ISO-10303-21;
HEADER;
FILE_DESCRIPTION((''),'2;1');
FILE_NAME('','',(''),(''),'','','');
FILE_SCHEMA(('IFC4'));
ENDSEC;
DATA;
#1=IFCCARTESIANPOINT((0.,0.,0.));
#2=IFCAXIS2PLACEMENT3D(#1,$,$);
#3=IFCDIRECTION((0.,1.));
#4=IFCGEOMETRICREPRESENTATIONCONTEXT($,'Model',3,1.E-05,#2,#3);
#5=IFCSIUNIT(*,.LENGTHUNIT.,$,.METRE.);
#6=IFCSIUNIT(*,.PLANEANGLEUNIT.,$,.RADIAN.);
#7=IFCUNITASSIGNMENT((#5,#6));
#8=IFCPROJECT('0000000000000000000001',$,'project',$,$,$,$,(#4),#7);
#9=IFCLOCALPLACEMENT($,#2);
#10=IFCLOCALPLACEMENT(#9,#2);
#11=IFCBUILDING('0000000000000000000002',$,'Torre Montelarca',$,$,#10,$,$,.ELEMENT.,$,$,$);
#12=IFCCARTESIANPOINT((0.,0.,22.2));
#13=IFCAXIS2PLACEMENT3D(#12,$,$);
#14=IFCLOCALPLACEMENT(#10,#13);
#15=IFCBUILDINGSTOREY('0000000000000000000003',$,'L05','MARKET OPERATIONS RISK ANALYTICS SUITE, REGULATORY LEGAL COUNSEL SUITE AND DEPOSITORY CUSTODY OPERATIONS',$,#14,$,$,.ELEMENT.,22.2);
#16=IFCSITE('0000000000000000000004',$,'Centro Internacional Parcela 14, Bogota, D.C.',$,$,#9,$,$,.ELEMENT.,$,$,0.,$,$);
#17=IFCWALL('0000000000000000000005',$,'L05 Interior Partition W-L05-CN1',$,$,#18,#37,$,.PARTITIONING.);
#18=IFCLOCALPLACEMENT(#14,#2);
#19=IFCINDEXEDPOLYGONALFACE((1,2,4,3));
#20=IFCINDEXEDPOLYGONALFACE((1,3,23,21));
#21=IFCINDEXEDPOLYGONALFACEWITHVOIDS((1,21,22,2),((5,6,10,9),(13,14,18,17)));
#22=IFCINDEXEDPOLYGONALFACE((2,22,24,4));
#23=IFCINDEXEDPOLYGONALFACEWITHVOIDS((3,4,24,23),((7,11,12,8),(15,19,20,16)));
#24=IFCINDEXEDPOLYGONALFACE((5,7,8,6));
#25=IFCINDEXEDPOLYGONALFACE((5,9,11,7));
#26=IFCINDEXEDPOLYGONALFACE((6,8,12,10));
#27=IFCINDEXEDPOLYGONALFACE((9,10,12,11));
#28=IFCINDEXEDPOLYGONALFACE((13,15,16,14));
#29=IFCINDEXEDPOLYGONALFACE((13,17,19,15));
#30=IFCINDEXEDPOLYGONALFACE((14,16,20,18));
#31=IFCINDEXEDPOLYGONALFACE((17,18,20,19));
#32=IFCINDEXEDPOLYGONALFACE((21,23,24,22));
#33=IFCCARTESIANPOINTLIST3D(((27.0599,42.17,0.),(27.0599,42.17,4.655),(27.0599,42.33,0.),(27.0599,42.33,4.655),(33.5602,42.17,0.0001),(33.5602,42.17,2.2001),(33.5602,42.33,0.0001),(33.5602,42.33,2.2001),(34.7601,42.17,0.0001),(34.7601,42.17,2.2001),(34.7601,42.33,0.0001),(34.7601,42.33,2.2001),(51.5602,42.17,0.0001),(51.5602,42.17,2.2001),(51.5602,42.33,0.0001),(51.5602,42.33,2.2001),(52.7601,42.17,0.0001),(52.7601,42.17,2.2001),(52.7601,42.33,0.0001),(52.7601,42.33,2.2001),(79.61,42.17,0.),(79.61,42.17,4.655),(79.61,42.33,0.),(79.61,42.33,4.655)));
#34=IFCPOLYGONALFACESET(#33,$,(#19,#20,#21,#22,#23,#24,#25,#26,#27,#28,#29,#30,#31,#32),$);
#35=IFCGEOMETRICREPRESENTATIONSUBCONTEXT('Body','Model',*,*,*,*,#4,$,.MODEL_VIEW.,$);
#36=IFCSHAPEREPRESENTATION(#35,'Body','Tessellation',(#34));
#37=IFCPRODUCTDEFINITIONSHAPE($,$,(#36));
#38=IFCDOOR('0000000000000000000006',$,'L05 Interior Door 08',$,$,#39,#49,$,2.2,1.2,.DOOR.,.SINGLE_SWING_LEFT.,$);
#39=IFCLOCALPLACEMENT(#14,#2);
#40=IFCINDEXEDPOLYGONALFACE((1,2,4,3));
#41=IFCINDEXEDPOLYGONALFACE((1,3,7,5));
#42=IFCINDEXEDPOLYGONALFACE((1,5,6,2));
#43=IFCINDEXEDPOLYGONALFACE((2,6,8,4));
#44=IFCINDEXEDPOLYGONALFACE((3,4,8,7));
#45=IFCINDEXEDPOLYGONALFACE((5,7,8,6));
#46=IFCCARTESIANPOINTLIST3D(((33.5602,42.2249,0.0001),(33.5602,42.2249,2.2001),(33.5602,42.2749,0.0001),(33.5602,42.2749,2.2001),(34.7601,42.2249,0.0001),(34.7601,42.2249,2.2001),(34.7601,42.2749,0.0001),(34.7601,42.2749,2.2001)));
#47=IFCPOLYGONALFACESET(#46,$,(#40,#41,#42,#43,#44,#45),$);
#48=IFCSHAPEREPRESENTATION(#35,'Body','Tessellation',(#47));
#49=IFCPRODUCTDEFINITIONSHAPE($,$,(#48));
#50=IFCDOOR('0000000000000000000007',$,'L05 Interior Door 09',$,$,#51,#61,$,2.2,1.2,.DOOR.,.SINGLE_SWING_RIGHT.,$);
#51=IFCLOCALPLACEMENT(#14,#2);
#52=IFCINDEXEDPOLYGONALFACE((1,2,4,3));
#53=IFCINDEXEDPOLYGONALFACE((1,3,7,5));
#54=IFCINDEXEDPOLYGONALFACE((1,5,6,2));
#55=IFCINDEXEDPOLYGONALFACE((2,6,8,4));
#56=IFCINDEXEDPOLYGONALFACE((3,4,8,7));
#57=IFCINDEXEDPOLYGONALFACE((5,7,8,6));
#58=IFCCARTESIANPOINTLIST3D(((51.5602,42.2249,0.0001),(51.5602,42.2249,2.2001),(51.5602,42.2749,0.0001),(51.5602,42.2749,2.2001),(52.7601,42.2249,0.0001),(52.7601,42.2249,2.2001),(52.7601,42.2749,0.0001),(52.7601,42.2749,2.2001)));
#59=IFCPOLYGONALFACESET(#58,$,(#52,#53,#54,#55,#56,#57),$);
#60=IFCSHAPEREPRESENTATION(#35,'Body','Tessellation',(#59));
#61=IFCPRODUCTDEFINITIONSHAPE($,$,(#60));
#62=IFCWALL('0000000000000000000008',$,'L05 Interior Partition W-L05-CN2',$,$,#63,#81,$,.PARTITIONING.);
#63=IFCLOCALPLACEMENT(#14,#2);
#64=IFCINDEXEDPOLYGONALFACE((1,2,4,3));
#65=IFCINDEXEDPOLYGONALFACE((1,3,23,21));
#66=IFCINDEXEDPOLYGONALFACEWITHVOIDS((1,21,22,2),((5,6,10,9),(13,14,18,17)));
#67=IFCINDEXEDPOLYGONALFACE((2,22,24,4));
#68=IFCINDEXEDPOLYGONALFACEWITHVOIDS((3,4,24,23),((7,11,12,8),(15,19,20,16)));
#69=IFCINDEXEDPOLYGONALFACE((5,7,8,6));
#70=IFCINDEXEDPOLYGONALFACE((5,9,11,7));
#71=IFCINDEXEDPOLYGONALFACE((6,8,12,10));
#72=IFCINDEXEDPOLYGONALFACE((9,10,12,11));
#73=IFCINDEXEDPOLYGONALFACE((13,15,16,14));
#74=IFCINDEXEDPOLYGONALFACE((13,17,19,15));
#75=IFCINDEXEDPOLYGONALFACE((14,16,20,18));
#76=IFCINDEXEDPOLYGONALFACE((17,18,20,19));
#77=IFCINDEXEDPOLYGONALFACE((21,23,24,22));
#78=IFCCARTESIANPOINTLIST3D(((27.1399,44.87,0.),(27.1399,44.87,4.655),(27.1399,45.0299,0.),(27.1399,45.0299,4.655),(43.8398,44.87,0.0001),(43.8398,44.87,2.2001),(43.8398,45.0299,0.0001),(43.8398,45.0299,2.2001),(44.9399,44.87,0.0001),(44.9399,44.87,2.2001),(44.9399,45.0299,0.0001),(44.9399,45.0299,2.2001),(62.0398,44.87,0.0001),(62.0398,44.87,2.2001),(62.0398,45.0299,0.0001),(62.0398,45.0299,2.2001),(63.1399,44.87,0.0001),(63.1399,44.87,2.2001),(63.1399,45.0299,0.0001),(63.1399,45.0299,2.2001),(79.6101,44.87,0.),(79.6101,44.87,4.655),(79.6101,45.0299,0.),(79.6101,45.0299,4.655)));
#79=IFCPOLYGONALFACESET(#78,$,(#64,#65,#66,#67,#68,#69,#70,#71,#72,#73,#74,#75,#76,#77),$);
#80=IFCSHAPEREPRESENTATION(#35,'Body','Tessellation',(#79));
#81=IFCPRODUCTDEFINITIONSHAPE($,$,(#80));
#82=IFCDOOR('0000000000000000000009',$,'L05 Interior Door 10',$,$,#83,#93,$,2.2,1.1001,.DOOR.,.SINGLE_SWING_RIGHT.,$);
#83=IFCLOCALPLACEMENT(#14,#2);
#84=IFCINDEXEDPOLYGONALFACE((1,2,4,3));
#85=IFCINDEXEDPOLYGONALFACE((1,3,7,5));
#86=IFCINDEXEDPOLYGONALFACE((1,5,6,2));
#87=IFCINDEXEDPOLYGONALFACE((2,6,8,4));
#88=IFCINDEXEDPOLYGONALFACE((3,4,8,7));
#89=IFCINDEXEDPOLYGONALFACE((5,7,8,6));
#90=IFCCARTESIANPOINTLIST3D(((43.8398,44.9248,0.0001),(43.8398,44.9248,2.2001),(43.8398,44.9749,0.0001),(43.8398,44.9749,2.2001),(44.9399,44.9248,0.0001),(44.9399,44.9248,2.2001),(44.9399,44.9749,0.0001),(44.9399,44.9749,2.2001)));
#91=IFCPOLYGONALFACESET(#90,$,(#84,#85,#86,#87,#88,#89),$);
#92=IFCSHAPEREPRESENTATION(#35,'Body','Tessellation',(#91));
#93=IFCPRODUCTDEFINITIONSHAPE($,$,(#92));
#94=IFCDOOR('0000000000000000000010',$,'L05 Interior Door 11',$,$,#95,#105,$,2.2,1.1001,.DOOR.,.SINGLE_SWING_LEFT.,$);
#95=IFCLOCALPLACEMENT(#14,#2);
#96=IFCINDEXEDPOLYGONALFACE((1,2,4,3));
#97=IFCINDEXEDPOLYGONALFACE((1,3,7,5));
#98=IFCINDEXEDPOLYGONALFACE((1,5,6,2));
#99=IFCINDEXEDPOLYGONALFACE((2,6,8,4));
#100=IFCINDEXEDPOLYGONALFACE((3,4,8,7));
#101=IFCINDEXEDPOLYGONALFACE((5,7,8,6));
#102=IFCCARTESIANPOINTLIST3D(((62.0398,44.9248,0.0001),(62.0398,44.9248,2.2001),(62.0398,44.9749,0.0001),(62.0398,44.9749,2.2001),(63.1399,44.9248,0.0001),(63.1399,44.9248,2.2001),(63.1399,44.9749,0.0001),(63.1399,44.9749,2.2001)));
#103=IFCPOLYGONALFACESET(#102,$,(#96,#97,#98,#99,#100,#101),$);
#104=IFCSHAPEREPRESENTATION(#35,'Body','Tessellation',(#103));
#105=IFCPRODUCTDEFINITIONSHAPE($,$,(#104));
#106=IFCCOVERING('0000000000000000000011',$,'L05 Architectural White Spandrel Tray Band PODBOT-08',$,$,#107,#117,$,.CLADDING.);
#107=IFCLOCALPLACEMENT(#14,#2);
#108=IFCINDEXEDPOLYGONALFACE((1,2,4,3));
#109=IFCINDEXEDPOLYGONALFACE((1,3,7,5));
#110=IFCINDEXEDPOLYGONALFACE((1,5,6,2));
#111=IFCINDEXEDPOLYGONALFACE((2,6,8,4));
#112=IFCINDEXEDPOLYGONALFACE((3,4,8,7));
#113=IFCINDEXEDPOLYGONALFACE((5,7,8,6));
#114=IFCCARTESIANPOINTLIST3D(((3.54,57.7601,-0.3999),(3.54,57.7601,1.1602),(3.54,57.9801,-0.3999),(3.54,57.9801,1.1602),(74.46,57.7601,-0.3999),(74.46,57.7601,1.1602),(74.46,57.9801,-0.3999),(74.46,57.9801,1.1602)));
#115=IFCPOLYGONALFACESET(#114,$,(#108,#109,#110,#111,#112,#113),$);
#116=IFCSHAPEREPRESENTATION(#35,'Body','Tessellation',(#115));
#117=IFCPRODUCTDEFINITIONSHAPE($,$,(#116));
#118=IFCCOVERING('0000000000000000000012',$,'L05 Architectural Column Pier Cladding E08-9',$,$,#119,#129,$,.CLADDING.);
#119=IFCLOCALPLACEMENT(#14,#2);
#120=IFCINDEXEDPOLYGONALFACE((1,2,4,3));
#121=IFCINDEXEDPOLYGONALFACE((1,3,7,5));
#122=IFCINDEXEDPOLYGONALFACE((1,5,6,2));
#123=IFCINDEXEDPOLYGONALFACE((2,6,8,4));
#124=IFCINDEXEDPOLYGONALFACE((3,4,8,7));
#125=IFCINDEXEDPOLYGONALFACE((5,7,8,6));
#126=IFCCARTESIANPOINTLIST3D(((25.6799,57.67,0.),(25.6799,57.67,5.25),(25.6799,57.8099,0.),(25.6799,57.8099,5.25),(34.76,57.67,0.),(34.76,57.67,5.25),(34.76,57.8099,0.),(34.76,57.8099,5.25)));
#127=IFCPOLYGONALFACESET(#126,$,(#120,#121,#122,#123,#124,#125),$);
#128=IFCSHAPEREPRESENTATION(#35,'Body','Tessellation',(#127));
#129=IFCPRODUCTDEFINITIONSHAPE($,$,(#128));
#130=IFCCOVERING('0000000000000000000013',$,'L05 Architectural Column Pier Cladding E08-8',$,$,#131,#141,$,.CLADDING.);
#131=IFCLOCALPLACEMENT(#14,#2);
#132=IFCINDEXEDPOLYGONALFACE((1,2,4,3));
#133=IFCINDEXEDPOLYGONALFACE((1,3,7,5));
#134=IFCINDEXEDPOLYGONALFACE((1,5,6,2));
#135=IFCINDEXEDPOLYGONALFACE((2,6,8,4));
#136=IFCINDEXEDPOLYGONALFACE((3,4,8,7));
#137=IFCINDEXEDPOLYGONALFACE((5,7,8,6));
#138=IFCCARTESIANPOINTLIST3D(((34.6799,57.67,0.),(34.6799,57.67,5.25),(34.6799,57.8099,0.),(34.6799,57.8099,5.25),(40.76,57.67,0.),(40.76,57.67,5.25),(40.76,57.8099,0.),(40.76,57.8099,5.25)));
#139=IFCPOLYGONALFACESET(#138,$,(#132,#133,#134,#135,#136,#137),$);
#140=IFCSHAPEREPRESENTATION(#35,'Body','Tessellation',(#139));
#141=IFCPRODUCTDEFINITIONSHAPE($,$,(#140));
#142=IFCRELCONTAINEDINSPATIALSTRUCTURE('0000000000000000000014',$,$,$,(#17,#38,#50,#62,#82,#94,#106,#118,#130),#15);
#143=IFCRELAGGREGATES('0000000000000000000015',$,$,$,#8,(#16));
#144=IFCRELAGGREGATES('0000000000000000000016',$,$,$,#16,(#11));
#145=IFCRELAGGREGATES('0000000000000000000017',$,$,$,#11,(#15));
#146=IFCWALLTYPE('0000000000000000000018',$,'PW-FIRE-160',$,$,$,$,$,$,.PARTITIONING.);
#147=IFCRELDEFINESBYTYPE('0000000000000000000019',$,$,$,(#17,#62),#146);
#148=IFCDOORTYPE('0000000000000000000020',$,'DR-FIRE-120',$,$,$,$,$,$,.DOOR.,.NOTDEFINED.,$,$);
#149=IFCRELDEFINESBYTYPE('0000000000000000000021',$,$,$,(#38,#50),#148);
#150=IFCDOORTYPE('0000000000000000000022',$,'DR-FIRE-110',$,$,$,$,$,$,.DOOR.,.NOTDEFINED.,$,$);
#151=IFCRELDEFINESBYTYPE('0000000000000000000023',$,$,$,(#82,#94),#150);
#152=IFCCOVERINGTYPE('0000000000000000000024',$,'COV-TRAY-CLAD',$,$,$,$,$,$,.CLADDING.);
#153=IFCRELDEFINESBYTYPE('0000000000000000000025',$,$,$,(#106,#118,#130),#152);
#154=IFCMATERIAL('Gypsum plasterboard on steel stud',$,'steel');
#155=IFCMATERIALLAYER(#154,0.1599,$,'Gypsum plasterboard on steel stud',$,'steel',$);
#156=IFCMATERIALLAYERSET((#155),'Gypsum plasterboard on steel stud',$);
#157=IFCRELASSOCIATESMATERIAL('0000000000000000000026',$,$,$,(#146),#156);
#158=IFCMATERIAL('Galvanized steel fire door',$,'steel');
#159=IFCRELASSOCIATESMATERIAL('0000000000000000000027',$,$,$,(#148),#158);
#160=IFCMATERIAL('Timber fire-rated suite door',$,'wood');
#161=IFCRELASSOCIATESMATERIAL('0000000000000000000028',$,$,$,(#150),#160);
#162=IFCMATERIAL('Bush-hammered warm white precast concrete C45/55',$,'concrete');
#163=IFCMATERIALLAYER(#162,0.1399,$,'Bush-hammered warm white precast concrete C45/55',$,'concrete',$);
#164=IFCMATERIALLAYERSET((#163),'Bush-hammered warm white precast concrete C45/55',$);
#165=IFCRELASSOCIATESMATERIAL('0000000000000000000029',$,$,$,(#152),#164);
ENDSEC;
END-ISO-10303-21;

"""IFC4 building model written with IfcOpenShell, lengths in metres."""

from ifc_helpers import new_model, si_unit, direction, frame, frame_2d, origin, origin_2d, place, context, subcontext, project, spatial, rectangle, extrude, source, transform, mapped, material, layer, layer_set, type_object, element, fill, save


model = new_model("IFC4")

# Units and contexts
model_context = context("Model", 3, precision=1e-05, world=origin(), true_north=direction((0.0, 1.0)))
body_context = subcontext(model_context, "Body", "Model", "MODEL_VIEW")
ifc_project = project(units=[si_unit("LENGTHUNIT", "METRE"), si_unit("PLANEANGLEUNIT", "RADIAN")], contexts=[model_context])

# Site, building, storey
site_placement = place(None, origin())
site = spatial("IfcSite", under=ifc_project, at=site_placement, Name="Centro Internacional Parcela 14, Bogota, D.C.", CompositionType="ELEMENT", RefElevation=0.0)
building_placement = place(site_placement, origin())
building = spatial("IfcBuilding", under=site, at=building_placement, Name="Torre Montelarca", CompositionType="ELEMENT")
storey_placement = place(building_placement, frame((0.0, 0.0, 22.2)))
storey = spatial("IfcBuildingStorey", under=building, at=storey_placement, Name="L05", Description="MARKET OPERATIONS RISK ANALYTICS SUITE, REGULATORY LEGAL COUNSEL SUITE AND DEPOSITORY CUSTODY OPERATIONS", CompositionType="ELEMENT", Elevation=22.2)

# Walls, openings, doors
ifc_material_1 = material(Name="Gypsum plasterboard on steel stud", Category="steel")
ifc_layer_1 = layer(ifc_material_1, 0.1599, Name="Gypsum plasterboard on steel stud", Category="steel")
ifc_layer_set_1 = layer_set([ifc_layer_1], Name="Gypsum plasterboard on steel stud")
wall_type = type_object("IfcWallType", Name="PW-FIRE-160", PredefinedType="PARTITIONING", material=ifc_layer_set_1)
wall_1_placement = place(storey_placement, frame((27.0601, 42.25, 0.0), z_axis=(0.0, 0.0, 1.0), x_axis=(1.0, 0.0, 0.0)))
wall_1 = element("IfcWall", 1, at=wall_1_placement, inside=storey, type_object=wall_type, Name="L05 Interior Partition W-L05-CN1", PredefinedType="PARTITIONING", context=body_context, shape_type="SweptSolid", body=[
    extrude(rectangle(XDim=52.55, YDim=0.1599, at=frame_2d((26.2749, 0.0))), origin(), (0.0, 0.0, 1.0), 4.655),
])
opening_1_placement = place(wall_1_placement, frame((6.5, 0.0, 0.0)))
opening_1 = element("IfcOpeningElement", 2, at=opening_1_placement, cuts=wall_1, PredefinedType="OPENING", context=body_context, shape_type="SweptSolid", body=[
    extrude(rectangle(XDim=1.2, YDim=2.2, at=frame_2d((0.6001, 1.1001))), frame((0.0, 0.0898, 0.0), z_axis=(0.0, -1.0, 0.0), x_axis=(1.0, 0.0, 0.0)), (0.0, 0.0, 1.0), 0.1799),
])
opening_2_placement = place(wall_1_placement, frame((24.5, 0.0, 0.0)))
opening_2 = element("IfcOpeningElement", 3, at=opening_2_placement, cuts=wall_1, PredefinedType="OPENING", context=body_context, shape_type="SweptSolid", body=[
    extrude(rectangle(XDim=1.2, YDim=2.2, at=frame_2d((0.6001, 1.1001))), frame((0.0, 0.0898, 0.0), z_axis=(0.0, -1.0, 0.0), x_axis=(1.0, 0.0, 0.0)), (0.0, 0.0, 1.0), 0.1799),
])
ifc_material_2 = material(Name="Galvanized steel fire door", Category="steel")
door_type_1 = type_object("IfcDoorType", Name="DR-FIRE-120", OperationType="NOTDEFINED", PredefinedType="DOOR", material=ifc_material_2)
shared_shape_1 = source(origin(), body_context, "Body", "SweptSolid", [
    extrude(rectangle(XDim=1.2, YDim=2.2, at=frame_2d((0.6001, 1.1001))), frame((0.0, 0.0249, 0.0), z_axis=(0.0, -1.0, 0.0), x_axis=(1.0, 0.0, 0.0)), (0.0, 0.0, 1.0), 0.05),
])
door_1_placement = place(opening_1_placement, origin())
door_1 = element("IfcDoor", 4, at=door_1_placement, inside=storey, type_object=door_type_1, Name="L05 Interior Door 08", OperationType="SINGLE_SWING_LEFT", OverallHeight=2.2, OverallWidth=1.2, PredefinedType="DOOR", context=body_context, shape_type="MappedRepresentation", body=[
    mapped(shared_shape_1, transform((0.0, 0.0, 0.0), scale=1.0)),
])
fill(opening_1, door_1)
door_2_placement = place(opening_2_placement, origin())
door_2 = element("IfcDoor", 5, at=door_2_placement, inside=storey, type_object=door_type_1, Name="L05 Interior Door 09", OperationType="SINGLE_SWING_RIGHT", OverallHeight=2.2, OverallWidth=1.2, PredefinedType="DOOR", context=body_context, shape_type="MappedRepresentation", body=[
    mapped(shared_shape_1, transform((0.0, 0.0, 0.0), scale=1.0)),
])
fill(opening_2, door_2)
wall_2_placement = place(storey_placement, frame((27.1399, 44.95, 0.0), z_axis=(0.0, 0.0, 1.0), x_axis=(1.0, 0.0, 0.0)))
wall_2 = element("IfcWall", 6, at=wall_2_placement, inside=storey, type_object=wall_type, Name="L05 Interior Partition W-L05-CN2", PredefinedType="PARTITIONING", context=body_context, shape_type="SweptSolid", body=[
    extrude(rectangle(XDim=52.4702, YDim=0.1599, at=frame_2d((26.2351, 0.0))), origin(), (0.0, 0.0, 1.0), 4.655),
])
opening_3_placement = place(wall_2_placement, frame((16.7, 0.0, 0.0)))
opening_3 = element("IfcOpeningElement", 7, at=opening_3_placement, cuts=wall_2, PredefinedType="OPENING", context=body_context, shape_type="SweptSolid", body=[
    extrude(rectangle(XDim=1.1001, YDim=2.2, at=frame_2d((0.55, 1.1001))), frame((0.0, 0.0898, 0.0), z_axis=(0.0, -1.0, 0.0), x_axis=(1.0, 0.0, 0.0)), (0.0, 0.0, 1.0), 0.1799),
])
opening_4_placement = place(wall_2_placement, frame((34.8999, 0.0, 0.0)))
opening_4 = element("IfcOpeningElement", 8, at=opening_4_placement, cuts=wall_2, PredefinedType="OPENING", context=body_context, shape_type="SweptSolid", body=[
    extrude(rectangle(XDim=1.1001, YDim=2.2, at=frame_2d((0.55, 1.1001))), frame((0.0, 0.0898, 0.0), z_axis=(0.0, -1.0, 0.0), x_axis=(1.0, 0.0, 0.0)), (0.0, 0.0, 1.0), 0.1799),
])
ifc_material_3 = material(Name="Timber fire-rated suite door", Category="wood")
door_type_2 = type_object("IfcDoorType", Name="DR-FIRE-110", OperationType="NOTDEFINED", PredefinedType="DOOR", material=ifc_material_3)
shared_shape_2 = source(origin(), body_context, "Body", "SweptSolid", [
    extrude(rectangle(XDim=1.1001, YDim=2.2, at=frame_2d((0.55, 1.1001))), frame((0.0, 0.0249, 0.0), z_axis=(0.0, -1.0, 0.0), x_axis=(1.0, 0.0, 0.0)), (0.0, 0.0, 1.0), 0.05),
])
door_3_placement = place(opening_3_placement, origin())
door_3 = element("IfcDoor", 9, at=door_3_placement, inside=storey, type_object=door_type_2, Name="L05 Interior Door 10", OperationType="SINGLE_SWING_RIGHT", OverallHeight=2.2, OverallWidth=1.1001, PredefinedType="DOOR", context=body_context, shape_type="MappedRepresentation", body=[
    mapped(shared_shape_2, transform((0.0, 0.0, 0.0), scale=1.0)),
])
fill(opening_3, door_3)
door_4_placement = place(opening_4_placement, origin())
door_4 = element("IfcDoor", 10, at=door_4_placement, inside=storey, type_object=door_type_2, Name="L05 Interior Door 11", OperationType="SINGLE_SWING_LEFT", OverallHeight=2.2, OverallWidth=1.1001, PredefinedType="DOOR", context=body_context, shape_type="MappedRepresentation", body=[
    mapped(shared_shape_2, transform((0.0, 0.0, 0.0), scale=1.0)),
])
fill(opening_4, door_4)

# Coverings
ifc_material_4 = material(Name="Bush-hammered warm white precast concrete C45/55", Category="concrete")
ifc_layer_2 = layer(ifc_material_4, 0.1399, Name="Bush-hammered warm white precast concrete C45/55", Category="concrete")
ifc_layer_set_2 = layer_set([ifc_layer_2], Name="Bush-hammered warm white precast concrete C45/55")
covering_type = type_object("IfcCoveringType", Name="COV-TRAY-CLAD", PredefinedType="CLADDING", material=ifc_layer_set_2)
shared_shape_3 = source(origin(), body_context, "Body", "SweptSolid", [
    extrude(rectangle(XDim=70.9199, YDim=0.22, at=origin_2d()), origin(), (0.0, 0.0, 1.0), 1.5601),
])
covering_1_placement = place(storey_placement, frame((39.0, 57.8701, -0.3999), z_axis=(0.0, 0.0, 1.0), x_axis=(-1.0, 0.0, 0.0)))
element("IfcCovering", 11, at=covering_1_placement, inside=storey, type_object=covering_type, Name="L05 Architectural White Spandrel Tray Band PODBOT-08", PredefinedType="CLADDING", context=body_context, shape_type="MappedRepresentation", body=[
    mapped(shared_shape_3, transform((0.0, 0.0, 0.0), scale=1.0)),
])
shared_shape_4 = source(origin(), body_context, "Body", "SweptSolid", [
    extrude(rectangle(XDim=9.0801, YDim=0.1399, at=origin_2d()), origin(), (0.0, 0.0, 1.0), 5.25),
])
covering_2_placement = place(storey_placement, frame((30.22, 57.74, 0.0), z_axis=(0.0, 0.0, 1.0), x_axis=(-1.0, 0.0, 0.0)))
element("IfcCovering", 12, at=covering_2_placement, inside=storey, type_object=covering_type, Name="L05 Architectural Column Pier Cladding E08-9", PredefinedType="CLADDING", context=body_context, shape_type="MappedRepresentation", body=[
    mapped(shared_shape_4, transform((0.0, 0.0, 0.0), scale=1.0)),
])
shared_shape_5 = source(origin(), body_context, "Body", "SweptSolid", [
    extrude(rectangle(XDim=6.0801, YDim=0.1399, at=origin_2d()), origin(), (0.0, 0.0, 1.0), 5.25),
])
covering_3_placement = place(storey_placement, frame((37.72, 57.74, 0.0), z_axis=(0.0, 0.0, 1.0), x_axis=(-1.0, 0.0, 0.0)))
element("IfcCovering", 13, at=covering_3_placement, inside=storey, type_object=covering_type, Name="L05 Architectural Column Pier Cladding E08-8", PredefinedType="CLADDING", context=body_context, shape_type="MappedRepresentation", body=[
    mapped(shared_shape_5, transform((0.0, 0.0, 0.0), scale=1.0)),
])

save(model, "model.ifc")
